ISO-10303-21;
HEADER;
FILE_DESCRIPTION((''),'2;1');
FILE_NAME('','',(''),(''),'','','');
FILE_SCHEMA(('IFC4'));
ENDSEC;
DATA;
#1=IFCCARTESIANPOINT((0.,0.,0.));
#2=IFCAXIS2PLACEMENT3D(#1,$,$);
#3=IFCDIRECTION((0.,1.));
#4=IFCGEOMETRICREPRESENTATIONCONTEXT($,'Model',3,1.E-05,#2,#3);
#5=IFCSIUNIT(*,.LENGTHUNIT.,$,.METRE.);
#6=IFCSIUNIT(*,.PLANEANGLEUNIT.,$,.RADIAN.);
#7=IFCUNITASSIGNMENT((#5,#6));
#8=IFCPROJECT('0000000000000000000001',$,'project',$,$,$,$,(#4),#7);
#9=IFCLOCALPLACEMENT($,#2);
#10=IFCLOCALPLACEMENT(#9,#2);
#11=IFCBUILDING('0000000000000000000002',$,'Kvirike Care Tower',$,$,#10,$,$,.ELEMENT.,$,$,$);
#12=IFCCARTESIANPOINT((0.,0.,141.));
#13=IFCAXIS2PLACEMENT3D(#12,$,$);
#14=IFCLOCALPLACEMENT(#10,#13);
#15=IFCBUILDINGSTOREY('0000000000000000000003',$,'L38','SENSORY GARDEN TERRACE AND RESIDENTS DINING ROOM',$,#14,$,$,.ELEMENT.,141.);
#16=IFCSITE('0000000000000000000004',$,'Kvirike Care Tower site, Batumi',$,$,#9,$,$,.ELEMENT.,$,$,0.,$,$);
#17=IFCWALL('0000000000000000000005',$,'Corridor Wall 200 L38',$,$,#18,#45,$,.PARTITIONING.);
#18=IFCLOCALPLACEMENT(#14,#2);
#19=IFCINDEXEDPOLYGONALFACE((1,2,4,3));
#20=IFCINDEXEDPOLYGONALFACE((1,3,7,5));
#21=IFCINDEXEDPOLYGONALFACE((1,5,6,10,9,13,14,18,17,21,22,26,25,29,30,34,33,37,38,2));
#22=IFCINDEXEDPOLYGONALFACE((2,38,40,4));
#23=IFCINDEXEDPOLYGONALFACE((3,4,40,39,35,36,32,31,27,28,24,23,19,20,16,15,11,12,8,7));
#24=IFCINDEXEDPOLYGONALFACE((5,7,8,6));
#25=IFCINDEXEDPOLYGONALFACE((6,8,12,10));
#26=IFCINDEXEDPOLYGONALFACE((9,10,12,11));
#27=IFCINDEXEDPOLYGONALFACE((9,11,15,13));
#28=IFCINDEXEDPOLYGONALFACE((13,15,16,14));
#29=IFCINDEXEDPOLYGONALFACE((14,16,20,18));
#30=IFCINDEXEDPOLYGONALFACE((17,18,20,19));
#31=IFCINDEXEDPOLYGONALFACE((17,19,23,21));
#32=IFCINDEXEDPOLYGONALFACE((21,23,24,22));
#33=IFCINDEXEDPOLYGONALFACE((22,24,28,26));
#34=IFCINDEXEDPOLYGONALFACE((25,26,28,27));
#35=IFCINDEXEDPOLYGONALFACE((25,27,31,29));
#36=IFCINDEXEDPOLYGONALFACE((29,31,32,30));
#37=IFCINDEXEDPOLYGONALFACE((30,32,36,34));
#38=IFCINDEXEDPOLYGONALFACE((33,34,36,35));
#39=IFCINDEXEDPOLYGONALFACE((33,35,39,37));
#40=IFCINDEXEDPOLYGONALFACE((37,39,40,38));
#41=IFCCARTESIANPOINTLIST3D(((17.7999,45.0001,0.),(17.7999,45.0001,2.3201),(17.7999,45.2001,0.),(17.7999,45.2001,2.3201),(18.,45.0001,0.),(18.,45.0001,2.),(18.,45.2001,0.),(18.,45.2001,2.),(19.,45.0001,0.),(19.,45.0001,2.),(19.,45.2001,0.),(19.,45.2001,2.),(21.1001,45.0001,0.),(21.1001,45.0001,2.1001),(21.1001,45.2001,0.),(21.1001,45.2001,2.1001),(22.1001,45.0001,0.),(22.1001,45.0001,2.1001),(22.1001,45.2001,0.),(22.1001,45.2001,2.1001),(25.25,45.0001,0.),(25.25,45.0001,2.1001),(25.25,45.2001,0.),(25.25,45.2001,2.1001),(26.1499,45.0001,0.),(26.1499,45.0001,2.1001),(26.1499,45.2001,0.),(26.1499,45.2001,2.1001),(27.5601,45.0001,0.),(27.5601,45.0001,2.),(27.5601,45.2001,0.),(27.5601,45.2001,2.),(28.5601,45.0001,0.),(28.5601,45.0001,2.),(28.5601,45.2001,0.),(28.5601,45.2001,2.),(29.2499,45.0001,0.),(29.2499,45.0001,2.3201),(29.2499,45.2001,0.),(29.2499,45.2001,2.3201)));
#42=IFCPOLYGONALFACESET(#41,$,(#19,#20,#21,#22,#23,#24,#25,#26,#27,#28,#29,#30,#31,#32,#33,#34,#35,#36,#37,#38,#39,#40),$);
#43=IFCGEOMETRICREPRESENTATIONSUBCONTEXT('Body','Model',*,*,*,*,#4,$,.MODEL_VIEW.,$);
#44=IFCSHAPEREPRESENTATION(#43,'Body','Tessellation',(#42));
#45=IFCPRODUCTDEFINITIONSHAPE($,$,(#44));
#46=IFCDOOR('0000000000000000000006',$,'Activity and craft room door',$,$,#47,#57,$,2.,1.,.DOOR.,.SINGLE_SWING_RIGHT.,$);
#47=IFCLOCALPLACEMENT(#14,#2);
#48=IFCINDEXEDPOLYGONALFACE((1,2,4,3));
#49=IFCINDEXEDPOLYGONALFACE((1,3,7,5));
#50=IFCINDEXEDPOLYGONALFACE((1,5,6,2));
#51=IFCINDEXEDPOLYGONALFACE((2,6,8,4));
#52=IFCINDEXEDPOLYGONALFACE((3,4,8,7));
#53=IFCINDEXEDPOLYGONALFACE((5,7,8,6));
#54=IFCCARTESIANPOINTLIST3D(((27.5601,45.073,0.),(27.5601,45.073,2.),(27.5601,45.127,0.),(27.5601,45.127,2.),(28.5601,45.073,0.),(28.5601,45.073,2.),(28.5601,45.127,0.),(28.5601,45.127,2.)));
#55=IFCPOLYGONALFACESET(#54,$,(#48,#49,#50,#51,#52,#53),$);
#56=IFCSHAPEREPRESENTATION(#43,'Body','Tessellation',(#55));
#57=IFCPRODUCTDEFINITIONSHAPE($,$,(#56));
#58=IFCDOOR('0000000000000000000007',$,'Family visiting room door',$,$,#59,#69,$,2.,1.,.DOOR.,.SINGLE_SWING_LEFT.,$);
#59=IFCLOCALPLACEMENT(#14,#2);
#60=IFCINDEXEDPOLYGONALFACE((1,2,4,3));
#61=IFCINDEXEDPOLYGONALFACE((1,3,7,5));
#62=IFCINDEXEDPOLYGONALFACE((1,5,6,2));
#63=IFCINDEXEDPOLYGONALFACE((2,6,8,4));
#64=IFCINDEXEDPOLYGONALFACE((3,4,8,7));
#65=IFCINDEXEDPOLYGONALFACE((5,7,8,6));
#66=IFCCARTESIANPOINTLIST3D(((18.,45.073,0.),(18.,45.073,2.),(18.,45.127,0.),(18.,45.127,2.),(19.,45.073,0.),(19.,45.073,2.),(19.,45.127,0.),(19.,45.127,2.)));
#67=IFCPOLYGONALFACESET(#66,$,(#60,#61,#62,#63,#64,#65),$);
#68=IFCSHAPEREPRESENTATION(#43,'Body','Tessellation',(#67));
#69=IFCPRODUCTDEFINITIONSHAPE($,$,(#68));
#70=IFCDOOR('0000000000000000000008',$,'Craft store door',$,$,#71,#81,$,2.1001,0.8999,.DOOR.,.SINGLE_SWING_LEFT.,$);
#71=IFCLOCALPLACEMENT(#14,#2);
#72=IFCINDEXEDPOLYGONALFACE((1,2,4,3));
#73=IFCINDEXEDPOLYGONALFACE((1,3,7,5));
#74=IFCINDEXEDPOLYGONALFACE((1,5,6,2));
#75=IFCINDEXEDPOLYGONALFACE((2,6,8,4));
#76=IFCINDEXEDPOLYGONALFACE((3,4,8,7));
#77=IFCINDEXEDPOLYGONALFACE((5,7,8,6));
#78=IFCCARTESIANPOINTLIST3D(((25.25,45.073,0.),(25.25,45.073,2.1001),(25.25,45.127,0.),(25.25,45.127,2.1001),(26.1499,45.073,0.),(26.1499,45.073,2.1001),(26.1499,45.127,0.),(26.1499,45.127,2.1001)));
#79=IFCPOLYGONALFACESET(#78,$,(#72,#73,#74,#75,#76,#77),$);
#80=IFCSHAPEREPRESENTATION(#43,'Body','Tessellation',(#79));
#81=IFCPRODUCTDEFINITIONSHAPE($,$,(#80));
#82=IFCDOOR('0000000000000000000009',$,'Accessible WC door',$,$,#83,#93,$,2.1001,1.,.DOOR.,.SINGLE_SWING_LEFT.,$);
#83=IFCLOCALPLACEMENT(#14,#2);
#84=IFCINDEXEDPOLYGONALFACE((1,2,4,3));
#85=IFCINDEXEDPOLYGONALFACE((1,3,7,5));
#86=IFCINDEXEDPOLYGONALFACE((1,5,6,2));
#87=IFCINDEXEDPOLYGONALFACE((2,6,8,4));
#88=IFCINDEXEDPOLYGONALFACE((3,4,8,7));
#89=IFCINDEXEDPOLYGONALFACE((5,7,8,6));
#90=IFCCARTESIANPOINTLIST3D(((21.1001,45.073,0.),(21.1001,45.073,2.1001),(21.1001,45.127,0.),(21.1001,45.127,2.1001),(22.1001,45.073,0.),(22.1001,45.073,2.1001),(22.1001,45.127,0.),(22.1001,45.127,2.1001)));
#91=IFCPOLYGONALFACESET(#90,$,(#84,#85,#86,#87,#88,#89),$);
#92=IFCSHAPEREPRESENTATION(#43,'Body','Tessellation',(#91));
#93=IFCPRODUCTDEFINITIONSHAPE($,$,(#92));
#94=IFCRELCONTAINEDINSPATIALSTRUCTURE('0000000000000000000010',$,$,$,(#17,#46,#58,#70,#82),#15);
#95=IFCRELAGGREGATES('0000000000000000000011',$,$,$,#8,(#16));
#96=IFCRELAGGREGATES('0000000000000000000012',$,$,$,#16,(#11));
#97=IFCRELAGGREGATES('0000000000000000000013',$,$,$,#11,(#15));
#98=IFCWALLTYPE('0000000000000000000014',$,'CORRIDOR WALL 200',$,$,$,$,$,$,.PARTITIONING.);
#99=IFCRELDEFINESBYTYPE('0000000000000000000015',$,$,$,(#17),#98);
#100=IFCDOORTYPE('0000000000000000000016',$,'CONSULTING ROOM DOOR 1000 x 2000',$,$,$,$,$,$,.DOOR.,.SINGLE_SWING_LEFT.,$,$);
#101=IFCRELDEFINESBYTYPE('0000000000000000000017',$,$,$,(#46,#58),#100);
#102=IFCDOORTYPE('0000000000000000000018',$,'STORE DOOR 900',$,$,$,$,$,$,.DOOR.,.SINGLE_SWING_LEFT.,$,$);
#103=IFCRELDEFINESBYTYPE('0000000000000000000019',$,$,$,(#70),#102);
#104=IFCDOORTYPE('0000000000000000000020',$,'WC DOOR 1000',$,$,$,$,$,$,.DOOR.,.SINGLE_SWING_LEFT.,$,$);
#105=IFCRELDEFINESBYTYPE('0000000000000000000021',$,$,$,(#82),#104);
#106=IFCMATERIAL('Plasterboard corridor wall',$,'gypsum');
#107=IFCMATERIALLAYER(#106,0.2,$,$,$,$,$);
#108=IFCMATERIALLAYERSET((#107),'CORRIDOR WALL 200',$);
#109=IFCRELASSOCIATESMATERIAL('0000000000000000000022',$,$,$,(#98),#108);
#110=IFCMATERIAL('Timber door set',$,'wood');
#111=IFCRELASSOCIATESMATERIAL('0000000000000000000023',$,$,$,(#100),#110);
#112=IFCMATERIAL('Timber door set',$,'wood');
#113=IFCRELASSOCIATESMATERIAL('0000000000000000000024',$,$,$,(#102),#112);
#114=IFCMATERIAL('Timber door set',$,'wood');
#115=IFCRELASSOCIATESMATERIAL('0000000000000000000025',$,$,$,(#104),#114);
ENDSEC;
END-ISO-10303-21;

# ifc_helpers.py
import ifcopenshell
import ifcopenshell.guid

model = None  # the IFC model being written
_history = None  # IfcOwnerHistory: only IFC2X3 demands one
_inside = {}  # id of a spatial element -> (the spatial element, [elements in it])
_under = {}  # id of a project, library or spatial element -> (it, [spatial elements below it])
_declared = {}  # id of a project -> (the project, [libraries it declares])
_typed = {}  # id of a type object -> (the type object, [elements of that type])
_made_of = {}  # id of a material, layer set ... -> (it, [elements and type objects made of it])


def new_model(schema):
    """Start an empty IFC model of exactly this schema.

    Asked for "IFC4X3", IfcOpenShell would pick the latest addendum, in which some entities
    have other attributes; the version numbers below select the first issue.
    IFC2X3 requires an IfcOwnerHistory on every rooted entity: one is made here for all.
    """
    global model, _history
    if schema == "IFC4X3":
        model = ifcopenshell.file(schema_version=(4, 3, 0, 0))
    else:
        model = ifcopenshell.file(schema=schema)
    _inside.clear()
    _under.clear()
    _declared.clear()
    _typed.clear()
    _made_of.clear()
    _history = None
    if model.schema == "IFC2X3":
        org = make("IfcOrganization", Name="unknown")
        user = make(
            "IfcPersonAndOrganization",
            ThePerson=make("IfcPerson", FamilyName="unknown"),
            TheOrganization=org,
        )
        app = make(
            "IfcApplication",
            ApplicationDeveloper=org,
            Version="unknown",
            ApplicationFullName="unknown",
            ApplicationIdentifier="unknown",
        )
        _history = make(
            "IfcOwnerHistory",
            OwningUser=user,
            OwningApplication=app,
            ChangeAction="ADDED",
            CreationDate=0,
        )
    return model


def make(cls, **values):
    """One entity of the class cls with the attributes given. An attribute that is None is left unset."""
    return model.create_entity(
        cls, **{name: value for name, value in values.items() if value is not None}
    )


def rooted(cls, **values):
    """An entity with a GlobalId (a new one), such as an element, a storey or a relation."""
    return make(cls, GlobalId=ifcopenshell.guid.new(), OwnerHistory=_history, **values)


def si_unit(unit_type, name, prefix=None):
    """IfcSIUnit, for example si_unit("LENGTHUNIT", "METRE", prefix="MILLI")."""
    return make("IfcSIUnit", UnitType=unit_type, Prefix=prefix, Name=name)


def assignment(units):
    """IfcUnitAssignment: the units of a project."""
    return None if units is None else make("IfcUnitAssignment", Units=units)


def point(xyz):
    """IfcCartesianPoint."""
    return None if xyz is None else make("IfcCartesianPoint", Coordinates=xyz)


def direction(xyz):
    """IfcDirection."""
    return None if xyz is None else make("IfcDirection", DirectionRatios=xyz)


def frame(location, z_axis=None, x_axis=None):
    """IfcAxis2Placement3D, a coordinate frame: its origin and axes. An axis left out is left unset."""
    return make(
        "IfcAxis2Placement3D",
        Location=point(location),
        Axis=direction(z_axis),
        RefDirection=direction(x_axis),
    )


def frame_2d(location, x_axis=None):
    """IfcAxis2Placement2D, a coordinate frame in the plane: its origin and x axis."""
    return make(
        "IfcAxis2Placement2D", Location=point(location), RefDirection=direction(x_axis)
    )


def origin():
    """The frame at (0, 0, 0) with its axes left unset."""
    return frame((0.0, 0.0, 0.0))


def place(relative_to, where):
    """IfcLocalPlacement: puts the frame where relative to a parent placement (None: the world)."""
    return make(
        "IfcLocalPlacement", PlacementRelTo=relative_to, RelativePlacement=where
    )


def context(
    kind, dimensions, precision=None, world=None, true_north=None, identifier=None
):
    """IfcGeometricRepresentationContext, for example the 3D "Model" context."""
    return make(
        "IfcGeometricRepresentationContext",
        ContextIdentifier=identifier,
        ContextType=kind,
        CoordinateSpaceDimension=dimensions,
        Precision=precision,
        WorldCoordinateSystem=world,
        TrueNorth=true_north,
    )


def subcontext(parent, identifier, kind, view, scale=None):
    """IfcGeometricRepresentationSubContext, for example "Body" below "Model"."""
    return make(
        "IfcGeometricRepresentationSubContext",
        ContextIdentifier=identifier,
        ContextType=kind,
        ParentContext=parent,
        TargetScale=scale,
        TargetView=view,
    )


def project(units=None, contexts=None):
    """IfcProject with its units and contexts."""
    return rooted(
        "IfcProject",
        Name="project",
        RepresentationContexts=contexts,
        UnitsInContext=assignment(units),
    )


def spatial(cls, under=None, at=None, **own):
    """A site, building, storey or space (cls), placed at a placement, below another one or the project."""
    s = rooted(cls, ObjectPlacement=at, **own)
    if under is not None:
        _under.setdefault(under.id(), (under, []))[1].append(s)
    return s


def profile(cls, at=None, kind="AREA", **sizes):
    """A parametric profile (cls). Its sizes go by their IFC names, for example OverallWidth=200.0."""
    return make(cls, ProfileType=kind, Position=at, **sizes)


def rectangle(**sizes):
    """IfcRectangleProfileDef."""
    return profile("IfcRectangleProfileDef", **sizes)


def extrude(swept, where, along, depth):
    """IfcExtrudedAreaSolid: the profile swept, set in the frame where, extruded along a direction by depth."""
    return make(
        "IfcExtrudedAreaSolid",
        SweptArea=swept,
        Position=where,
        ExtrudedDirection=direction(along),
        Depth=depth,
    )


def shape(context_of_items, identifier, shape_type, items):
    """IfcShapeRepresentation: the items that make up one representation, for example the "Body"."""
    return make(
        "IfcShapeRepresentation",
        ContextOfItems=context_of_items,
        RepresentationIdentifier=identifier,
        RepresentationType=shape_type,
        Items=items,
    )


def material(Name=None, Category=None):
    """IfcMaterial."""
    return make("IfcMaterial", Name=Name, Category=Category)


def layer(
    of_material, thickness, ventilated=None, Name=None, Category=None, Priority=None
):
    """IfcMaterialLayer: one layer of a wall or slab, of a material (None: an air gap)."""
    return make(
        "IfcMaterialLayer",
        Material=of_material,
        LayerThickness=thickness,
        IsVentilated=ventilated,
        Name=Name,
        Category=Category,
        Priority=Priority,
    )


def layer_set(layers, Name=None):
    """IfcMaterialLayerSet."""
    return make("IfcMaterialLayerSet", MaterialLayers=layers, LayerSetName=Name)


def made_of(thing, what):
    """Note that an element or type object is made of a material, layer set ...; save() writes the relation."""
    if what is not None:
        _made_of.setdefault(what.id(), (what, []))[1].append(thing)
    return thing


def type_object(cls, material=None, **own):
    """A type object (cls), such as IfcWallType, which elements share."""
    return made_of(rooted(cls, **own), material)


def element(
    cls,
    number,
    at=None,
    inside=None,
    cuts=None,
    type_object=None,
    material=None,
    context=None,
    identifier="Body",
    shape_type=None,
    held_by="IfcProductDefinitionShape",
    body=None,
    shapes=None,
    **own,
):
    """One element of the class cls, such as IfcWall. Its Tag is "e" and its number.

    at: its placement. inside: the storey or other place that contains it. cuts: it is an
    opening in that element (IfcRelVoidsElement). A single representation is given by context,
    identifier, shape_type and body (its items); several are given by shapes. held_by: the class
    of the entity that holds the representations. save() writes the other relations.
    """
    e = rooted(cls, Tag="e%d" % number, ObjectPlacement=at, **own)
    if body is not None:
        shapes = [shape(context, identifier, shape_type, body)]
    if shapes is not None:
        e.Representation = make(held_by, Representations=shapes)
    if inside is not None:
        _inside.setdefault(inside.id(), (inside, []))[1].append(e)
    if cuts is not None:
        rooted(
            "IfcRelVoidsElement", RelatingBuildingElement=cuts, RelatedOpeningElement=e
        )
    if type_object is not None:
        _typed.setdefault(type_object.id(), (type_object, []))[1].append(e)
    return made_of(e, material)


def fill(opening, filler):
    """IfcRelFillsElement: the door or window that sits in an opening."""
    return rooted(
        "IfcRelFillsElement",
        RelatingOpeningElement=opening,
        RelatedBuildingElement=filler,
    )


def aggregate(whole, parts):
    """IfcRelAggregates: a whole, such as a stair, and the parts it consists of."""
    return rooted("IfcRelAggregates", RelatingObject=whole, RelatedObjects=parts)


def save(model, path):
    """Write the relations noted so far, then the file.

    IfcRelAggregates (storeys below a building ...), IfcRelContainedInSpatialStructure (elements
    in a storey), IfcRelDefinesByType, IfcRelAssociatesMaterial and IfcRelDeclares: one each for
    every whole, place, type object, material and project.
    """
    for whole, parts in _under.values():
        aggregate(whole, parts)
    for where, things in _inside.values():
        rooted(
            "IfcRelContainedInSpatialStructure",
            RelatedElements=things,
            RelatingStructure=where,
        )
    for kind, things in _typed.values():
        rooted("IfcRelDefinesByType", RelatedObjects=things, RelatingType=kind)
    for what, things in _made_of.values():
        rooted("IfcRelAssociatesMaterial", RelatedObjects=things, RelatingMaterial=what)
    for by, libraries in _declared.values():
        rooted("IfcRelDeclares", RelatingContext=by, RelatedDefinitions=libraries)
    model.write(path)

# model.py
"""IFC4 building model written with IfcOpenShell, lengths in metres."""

from ifc_helpers import new_model, si_unit, direction, frame, frame_2d, origin, place, context, subcontext, project, spatial, rectangle, extrude, material, layer, layer_set, type_object, element, fill, save


model = new_model("IFC4")

# Units and contexts
model_context = context("Model", 3, precision=1e-05, world=origin(), true_north=direction((0.0, 1.0)))
body_context = subcontext(model_context, "Body", "Model", "MODEL_VIEW")
ifc_project = project(units=[si_unit("LENGTHUNIT", "METRE"), si_unit("PLANEANGLEUNIT", "RADIAN")], contexts=[model_context])

# Site, building, storey
site_placement = place(None, origin())
site = spatial("IfcSite", under=ifc_project, at=site_placement, Name="Kvirike Care Tower site, Batumi", CompositionType="ELEMENT", RefElevation=0.0)
building_placement = place(site_placement, origin())
building = spatial("IfcBuilding", under=site, at=building_placement, Name="Kvirike Care Tower", CompositionType="ELEMENT")
storey_placement = place(building_placement, frame((0.0, 0.0, 141.0)))
storey = spatial("IfcBuildingStorey", under=building, at=storey_placement, Name="L38", Description="SENSORY GARDEN TERRACE AND RESIDENTS DINING ROOM", CompositionType="ELEMENT", Elevation=141.0)

# Wall, openings, doors
ifc_material_1 = material(Name="Plasterboard corridor wall", Category="gypsum")
ifc_layer_1 = layer(ifc_material_1, 0.2)
ifc_layer_set_1 = layer_set([ifc_layer_1], Name="CORRIDOR WALL 200")
wall_type = type_object("IfcWallType", Name="CORRIDOR WALL 200", PredefinedType="PARTITIONING", material=ifc_layer_set_1)
wall_placement = place(storey_placement, frame((29.25, 45.1001, 0.0), z_axis=(0.0, 0.0, 1.0), x_axis=(-1.0, 0.0, 0.0)))
wall = element("IfcWall", 1, at=wall_placement, inside=storey, type_object=wall_type, Name="Corridor Wall 200 L38", PredefinedType="PARTITIONING", context=body_context, shape_type="SweptSolid", body=[
    extrude(rectangle(XDim=11.45, YDim=0.2, at=frame_2d((5.7251, 0.0))), origin(), (0.0, 0.0, 1.0), 2.3201),
])
opening_1_placement = place(wall_placement, frame((0.6899, 0.0, 0.0)))
opening_1 = element("IfcOpeningElement", 2, at=opening_1_placement, cuts=wall, PredefinedType="OPENING", context=body_context, shape_type="SweptSolid", body=[
    extrude(rectangle(XDim=1.0, YDim=2.0, at=frame_2d((0.5, 1.0))), frame((0.0, 0.1106, 0.0), z_axis=(0.0, -1.0, 0.0), x_axis=(1.0, 0.0, 0.0)), (0.0, 0.0, 1.0), 0.2209),
])
opening_2_placement = place(wall_placement, frame((10.25, 0.0, 0.0)))
opening_2 = element("IfcOpeningElement", 3, at=opening_2_placement, cuts=wall, PredefinedType="OPENING", context=body_context, shape_type="SweptSolid", body=[
    extrude(rectangle(XDim=1.0, YDim=2.0, at=frame_2d((0.5, 1.0))), frame((0.0, 0.1106, 0.0), z_axis=(0.0, -1.0, 0.0), x_axis=(1.0, 0.0, 0.0)), (0.0, 0.0, 1.0), 0.2209),
])
opening_3_placement = place(wall_placement, frame((3.1001, 0.0, 0.0)))
opening_3 = element("IfcOpeningElement", 4, at=opening_3_placement, cuts=wall, PredefinedType="OPENING", context=body_context, shape_type="SweptSolid", body=[
    extrude(rectangle(XDim=0.8999, YDim=2.1001, at=frame_2d((0.45, 1.05))), frame((0.0, 0.1106, 0.0), z_axis=(0.0, -1.0, 0.0), x_axis=(1.0, 0.0, 0.0)), (0.0, 0.0, 1.0), 0.2209),
])
opening_4_placement = place(wall_placement, frame((7.1499, 0.0, 0.0)))
opening_4 = element("IfcOpeningElement", 5, at=opening_4_placement, cuts=wall, PredefinedType="OPENING", context=body_context, shape_type="SweptSolid", body=[
    extrude(rectangle(XDim=1.0, YDim=2.1001, at=frame_2d((0.5, 1.05))), frame((0.0, 0.1106, 0.0), z_axis=(0.0, -1.0, 0.0), x_axis=(1.0, 0.0, 0.0)), (0.0, 0.0, 1.0), 0.2209),
])
ifc_material_2 = material(Name="Timber door set", Category="wood")
door_type_1 = type_object("IfcDoorType", Name="CONSULTING ROOM DOOR 1000 x 2000", OperationType="SINGLE_SWING_LEFT", PredefinedType="DOOR", material=ifc_material_2)
door_1_placement = place(opening_1_placement, frame((1.0, 0.0, 0.0), z_axis=(0.0, 0.0, 1.0), x_axis=(-1.0, 0.0, 0.0)))
door_1 = element("IfcDoor", 6, at=door_1_placement, inside=storey, type_object=door_type_1, Name="Activity and craft room door", OperationType="SINGLE_SWING_RIGHT", OverallHeight=2.0, OverallWidth=1.0, PredefinedType="DOOR", context=body_context, shape_type="SweptSolid", body=[
    extrude(rectangle(XDim=1.0, YDim=2.0, at=frame_2d((0.5, 1.0))), frame((0.0, 0.0269, 0.0), z_axis=(0.0, -1.0, 0.0), x_axis=(1.0, 0.0, 0.0)), (0.0, 0.0, 1.0), 0.054),
])
fill(opening_1, door_1)
door_2_placement = place(opening_2_placement, frame((1.0, 0.0, 0.0), z_axis=(0.0, 0.0, 1.0), x_axis=(-1.0, 0.0, 0.0)))
door_2 = element("IfcDoor", 7, at=door_2_placement, inside=storey, type_object=door_type_1, Name="Family visiting room door", OperationType="SINGLE_SWING_LEFT", OverallHeight=2.0, OverallWidth=1.0, PredefinedType="DOOR", context=body_context, shape_type="SweptSolid", body=[
    extrude(rectangle(XDim=1.0, YDim=2.0, at=frame_2d((0.5, 1.0))), frame((0.0, 0.0269, 0.0), z_axis=(0.0, -1.0, 0.0), x_axis=(1.0, 0.0, 0.0)), (0.0, 0.0, 1.0), 0.054),
])
fill(opening_2, door_2)
ifc_material_3 = material(Name="Timber door set", Category="wood")
door_type_2 = type_object("IfcDoorType", Name="STORE DOOR 900", OperationType="SINGLE_SWING_LEFT", PredefinedType="DOOR", material=ifc_material_3)
door_3_placement = place(opening_3_placement, frame((0.8999, 0.0, 0.0), z_axis=(0.0, 0.0, 1.0), x_axis=(-1.0, 0.0, 0.0)))
door_3 = element("IfcDoor", 8, at=door_3_placement, inside=storey, type_object=door_type_2, Name="Craft store door", OperationType="SINGLE_SWING_LEFT", OverallHeight=2.1001, OverallWidth=0.8999, PredefinedType="DOOR", context=body_context, shape_type="SweptSolid", body=[
    extrude(rectangle(XDim=0.8999, YDim=2.1001, at=frame_2d((0.45, 1.05))), frame((0.0, 0.0269, 0.0), z_axis=(0.0, -1.0, 0.0), x_axis=(1.0, 0.0, 0.0)), (0.0, 0.0, 1.0), 0.054),
])
fill(opening_3, door_3)
ifc_material_4 = material(Name="Timber door set", Category="wood")
door_type_3 = type_object("IfcDoorType", Name="WC DOOR 1000", OperationType="SINGLE_SWING_LEFT", PredefinedType="DOOR", material=ifc_material_4)
door_4_placement = place(opening_4_placement, frame((1.0, 0.0, 0.0), z_axis=(0.0, 0.0, 1.0), x_axis=(-1.0, 0.0, 0.0)))
door_4 = element("IfcDoor", 9, at=door_4_placement, inside=storey, type_object=door_type_3, Name="Accessible WC door", OperationType="SINGLE_SWING_LEFT", OverallHeight=2.1001, OverallWidth=1.0, PredefinedType="DOOR", context=body_context, shape_type="SweptSolid", body=[
    extrude(rectangle(XDim=1.0, YDim=2.1001, at=frame_2d((0.5, 1.05))), frame((0.0, 0.0269, 0.0), z_axis=(0.0, -1.0, 0.0), x_axis=(1.0, 0.0, 0.0)), (0.0, 0.0, 1.0), 0.054),
])
fill(opening_4, door_4)

save(model, "model.ifc")
